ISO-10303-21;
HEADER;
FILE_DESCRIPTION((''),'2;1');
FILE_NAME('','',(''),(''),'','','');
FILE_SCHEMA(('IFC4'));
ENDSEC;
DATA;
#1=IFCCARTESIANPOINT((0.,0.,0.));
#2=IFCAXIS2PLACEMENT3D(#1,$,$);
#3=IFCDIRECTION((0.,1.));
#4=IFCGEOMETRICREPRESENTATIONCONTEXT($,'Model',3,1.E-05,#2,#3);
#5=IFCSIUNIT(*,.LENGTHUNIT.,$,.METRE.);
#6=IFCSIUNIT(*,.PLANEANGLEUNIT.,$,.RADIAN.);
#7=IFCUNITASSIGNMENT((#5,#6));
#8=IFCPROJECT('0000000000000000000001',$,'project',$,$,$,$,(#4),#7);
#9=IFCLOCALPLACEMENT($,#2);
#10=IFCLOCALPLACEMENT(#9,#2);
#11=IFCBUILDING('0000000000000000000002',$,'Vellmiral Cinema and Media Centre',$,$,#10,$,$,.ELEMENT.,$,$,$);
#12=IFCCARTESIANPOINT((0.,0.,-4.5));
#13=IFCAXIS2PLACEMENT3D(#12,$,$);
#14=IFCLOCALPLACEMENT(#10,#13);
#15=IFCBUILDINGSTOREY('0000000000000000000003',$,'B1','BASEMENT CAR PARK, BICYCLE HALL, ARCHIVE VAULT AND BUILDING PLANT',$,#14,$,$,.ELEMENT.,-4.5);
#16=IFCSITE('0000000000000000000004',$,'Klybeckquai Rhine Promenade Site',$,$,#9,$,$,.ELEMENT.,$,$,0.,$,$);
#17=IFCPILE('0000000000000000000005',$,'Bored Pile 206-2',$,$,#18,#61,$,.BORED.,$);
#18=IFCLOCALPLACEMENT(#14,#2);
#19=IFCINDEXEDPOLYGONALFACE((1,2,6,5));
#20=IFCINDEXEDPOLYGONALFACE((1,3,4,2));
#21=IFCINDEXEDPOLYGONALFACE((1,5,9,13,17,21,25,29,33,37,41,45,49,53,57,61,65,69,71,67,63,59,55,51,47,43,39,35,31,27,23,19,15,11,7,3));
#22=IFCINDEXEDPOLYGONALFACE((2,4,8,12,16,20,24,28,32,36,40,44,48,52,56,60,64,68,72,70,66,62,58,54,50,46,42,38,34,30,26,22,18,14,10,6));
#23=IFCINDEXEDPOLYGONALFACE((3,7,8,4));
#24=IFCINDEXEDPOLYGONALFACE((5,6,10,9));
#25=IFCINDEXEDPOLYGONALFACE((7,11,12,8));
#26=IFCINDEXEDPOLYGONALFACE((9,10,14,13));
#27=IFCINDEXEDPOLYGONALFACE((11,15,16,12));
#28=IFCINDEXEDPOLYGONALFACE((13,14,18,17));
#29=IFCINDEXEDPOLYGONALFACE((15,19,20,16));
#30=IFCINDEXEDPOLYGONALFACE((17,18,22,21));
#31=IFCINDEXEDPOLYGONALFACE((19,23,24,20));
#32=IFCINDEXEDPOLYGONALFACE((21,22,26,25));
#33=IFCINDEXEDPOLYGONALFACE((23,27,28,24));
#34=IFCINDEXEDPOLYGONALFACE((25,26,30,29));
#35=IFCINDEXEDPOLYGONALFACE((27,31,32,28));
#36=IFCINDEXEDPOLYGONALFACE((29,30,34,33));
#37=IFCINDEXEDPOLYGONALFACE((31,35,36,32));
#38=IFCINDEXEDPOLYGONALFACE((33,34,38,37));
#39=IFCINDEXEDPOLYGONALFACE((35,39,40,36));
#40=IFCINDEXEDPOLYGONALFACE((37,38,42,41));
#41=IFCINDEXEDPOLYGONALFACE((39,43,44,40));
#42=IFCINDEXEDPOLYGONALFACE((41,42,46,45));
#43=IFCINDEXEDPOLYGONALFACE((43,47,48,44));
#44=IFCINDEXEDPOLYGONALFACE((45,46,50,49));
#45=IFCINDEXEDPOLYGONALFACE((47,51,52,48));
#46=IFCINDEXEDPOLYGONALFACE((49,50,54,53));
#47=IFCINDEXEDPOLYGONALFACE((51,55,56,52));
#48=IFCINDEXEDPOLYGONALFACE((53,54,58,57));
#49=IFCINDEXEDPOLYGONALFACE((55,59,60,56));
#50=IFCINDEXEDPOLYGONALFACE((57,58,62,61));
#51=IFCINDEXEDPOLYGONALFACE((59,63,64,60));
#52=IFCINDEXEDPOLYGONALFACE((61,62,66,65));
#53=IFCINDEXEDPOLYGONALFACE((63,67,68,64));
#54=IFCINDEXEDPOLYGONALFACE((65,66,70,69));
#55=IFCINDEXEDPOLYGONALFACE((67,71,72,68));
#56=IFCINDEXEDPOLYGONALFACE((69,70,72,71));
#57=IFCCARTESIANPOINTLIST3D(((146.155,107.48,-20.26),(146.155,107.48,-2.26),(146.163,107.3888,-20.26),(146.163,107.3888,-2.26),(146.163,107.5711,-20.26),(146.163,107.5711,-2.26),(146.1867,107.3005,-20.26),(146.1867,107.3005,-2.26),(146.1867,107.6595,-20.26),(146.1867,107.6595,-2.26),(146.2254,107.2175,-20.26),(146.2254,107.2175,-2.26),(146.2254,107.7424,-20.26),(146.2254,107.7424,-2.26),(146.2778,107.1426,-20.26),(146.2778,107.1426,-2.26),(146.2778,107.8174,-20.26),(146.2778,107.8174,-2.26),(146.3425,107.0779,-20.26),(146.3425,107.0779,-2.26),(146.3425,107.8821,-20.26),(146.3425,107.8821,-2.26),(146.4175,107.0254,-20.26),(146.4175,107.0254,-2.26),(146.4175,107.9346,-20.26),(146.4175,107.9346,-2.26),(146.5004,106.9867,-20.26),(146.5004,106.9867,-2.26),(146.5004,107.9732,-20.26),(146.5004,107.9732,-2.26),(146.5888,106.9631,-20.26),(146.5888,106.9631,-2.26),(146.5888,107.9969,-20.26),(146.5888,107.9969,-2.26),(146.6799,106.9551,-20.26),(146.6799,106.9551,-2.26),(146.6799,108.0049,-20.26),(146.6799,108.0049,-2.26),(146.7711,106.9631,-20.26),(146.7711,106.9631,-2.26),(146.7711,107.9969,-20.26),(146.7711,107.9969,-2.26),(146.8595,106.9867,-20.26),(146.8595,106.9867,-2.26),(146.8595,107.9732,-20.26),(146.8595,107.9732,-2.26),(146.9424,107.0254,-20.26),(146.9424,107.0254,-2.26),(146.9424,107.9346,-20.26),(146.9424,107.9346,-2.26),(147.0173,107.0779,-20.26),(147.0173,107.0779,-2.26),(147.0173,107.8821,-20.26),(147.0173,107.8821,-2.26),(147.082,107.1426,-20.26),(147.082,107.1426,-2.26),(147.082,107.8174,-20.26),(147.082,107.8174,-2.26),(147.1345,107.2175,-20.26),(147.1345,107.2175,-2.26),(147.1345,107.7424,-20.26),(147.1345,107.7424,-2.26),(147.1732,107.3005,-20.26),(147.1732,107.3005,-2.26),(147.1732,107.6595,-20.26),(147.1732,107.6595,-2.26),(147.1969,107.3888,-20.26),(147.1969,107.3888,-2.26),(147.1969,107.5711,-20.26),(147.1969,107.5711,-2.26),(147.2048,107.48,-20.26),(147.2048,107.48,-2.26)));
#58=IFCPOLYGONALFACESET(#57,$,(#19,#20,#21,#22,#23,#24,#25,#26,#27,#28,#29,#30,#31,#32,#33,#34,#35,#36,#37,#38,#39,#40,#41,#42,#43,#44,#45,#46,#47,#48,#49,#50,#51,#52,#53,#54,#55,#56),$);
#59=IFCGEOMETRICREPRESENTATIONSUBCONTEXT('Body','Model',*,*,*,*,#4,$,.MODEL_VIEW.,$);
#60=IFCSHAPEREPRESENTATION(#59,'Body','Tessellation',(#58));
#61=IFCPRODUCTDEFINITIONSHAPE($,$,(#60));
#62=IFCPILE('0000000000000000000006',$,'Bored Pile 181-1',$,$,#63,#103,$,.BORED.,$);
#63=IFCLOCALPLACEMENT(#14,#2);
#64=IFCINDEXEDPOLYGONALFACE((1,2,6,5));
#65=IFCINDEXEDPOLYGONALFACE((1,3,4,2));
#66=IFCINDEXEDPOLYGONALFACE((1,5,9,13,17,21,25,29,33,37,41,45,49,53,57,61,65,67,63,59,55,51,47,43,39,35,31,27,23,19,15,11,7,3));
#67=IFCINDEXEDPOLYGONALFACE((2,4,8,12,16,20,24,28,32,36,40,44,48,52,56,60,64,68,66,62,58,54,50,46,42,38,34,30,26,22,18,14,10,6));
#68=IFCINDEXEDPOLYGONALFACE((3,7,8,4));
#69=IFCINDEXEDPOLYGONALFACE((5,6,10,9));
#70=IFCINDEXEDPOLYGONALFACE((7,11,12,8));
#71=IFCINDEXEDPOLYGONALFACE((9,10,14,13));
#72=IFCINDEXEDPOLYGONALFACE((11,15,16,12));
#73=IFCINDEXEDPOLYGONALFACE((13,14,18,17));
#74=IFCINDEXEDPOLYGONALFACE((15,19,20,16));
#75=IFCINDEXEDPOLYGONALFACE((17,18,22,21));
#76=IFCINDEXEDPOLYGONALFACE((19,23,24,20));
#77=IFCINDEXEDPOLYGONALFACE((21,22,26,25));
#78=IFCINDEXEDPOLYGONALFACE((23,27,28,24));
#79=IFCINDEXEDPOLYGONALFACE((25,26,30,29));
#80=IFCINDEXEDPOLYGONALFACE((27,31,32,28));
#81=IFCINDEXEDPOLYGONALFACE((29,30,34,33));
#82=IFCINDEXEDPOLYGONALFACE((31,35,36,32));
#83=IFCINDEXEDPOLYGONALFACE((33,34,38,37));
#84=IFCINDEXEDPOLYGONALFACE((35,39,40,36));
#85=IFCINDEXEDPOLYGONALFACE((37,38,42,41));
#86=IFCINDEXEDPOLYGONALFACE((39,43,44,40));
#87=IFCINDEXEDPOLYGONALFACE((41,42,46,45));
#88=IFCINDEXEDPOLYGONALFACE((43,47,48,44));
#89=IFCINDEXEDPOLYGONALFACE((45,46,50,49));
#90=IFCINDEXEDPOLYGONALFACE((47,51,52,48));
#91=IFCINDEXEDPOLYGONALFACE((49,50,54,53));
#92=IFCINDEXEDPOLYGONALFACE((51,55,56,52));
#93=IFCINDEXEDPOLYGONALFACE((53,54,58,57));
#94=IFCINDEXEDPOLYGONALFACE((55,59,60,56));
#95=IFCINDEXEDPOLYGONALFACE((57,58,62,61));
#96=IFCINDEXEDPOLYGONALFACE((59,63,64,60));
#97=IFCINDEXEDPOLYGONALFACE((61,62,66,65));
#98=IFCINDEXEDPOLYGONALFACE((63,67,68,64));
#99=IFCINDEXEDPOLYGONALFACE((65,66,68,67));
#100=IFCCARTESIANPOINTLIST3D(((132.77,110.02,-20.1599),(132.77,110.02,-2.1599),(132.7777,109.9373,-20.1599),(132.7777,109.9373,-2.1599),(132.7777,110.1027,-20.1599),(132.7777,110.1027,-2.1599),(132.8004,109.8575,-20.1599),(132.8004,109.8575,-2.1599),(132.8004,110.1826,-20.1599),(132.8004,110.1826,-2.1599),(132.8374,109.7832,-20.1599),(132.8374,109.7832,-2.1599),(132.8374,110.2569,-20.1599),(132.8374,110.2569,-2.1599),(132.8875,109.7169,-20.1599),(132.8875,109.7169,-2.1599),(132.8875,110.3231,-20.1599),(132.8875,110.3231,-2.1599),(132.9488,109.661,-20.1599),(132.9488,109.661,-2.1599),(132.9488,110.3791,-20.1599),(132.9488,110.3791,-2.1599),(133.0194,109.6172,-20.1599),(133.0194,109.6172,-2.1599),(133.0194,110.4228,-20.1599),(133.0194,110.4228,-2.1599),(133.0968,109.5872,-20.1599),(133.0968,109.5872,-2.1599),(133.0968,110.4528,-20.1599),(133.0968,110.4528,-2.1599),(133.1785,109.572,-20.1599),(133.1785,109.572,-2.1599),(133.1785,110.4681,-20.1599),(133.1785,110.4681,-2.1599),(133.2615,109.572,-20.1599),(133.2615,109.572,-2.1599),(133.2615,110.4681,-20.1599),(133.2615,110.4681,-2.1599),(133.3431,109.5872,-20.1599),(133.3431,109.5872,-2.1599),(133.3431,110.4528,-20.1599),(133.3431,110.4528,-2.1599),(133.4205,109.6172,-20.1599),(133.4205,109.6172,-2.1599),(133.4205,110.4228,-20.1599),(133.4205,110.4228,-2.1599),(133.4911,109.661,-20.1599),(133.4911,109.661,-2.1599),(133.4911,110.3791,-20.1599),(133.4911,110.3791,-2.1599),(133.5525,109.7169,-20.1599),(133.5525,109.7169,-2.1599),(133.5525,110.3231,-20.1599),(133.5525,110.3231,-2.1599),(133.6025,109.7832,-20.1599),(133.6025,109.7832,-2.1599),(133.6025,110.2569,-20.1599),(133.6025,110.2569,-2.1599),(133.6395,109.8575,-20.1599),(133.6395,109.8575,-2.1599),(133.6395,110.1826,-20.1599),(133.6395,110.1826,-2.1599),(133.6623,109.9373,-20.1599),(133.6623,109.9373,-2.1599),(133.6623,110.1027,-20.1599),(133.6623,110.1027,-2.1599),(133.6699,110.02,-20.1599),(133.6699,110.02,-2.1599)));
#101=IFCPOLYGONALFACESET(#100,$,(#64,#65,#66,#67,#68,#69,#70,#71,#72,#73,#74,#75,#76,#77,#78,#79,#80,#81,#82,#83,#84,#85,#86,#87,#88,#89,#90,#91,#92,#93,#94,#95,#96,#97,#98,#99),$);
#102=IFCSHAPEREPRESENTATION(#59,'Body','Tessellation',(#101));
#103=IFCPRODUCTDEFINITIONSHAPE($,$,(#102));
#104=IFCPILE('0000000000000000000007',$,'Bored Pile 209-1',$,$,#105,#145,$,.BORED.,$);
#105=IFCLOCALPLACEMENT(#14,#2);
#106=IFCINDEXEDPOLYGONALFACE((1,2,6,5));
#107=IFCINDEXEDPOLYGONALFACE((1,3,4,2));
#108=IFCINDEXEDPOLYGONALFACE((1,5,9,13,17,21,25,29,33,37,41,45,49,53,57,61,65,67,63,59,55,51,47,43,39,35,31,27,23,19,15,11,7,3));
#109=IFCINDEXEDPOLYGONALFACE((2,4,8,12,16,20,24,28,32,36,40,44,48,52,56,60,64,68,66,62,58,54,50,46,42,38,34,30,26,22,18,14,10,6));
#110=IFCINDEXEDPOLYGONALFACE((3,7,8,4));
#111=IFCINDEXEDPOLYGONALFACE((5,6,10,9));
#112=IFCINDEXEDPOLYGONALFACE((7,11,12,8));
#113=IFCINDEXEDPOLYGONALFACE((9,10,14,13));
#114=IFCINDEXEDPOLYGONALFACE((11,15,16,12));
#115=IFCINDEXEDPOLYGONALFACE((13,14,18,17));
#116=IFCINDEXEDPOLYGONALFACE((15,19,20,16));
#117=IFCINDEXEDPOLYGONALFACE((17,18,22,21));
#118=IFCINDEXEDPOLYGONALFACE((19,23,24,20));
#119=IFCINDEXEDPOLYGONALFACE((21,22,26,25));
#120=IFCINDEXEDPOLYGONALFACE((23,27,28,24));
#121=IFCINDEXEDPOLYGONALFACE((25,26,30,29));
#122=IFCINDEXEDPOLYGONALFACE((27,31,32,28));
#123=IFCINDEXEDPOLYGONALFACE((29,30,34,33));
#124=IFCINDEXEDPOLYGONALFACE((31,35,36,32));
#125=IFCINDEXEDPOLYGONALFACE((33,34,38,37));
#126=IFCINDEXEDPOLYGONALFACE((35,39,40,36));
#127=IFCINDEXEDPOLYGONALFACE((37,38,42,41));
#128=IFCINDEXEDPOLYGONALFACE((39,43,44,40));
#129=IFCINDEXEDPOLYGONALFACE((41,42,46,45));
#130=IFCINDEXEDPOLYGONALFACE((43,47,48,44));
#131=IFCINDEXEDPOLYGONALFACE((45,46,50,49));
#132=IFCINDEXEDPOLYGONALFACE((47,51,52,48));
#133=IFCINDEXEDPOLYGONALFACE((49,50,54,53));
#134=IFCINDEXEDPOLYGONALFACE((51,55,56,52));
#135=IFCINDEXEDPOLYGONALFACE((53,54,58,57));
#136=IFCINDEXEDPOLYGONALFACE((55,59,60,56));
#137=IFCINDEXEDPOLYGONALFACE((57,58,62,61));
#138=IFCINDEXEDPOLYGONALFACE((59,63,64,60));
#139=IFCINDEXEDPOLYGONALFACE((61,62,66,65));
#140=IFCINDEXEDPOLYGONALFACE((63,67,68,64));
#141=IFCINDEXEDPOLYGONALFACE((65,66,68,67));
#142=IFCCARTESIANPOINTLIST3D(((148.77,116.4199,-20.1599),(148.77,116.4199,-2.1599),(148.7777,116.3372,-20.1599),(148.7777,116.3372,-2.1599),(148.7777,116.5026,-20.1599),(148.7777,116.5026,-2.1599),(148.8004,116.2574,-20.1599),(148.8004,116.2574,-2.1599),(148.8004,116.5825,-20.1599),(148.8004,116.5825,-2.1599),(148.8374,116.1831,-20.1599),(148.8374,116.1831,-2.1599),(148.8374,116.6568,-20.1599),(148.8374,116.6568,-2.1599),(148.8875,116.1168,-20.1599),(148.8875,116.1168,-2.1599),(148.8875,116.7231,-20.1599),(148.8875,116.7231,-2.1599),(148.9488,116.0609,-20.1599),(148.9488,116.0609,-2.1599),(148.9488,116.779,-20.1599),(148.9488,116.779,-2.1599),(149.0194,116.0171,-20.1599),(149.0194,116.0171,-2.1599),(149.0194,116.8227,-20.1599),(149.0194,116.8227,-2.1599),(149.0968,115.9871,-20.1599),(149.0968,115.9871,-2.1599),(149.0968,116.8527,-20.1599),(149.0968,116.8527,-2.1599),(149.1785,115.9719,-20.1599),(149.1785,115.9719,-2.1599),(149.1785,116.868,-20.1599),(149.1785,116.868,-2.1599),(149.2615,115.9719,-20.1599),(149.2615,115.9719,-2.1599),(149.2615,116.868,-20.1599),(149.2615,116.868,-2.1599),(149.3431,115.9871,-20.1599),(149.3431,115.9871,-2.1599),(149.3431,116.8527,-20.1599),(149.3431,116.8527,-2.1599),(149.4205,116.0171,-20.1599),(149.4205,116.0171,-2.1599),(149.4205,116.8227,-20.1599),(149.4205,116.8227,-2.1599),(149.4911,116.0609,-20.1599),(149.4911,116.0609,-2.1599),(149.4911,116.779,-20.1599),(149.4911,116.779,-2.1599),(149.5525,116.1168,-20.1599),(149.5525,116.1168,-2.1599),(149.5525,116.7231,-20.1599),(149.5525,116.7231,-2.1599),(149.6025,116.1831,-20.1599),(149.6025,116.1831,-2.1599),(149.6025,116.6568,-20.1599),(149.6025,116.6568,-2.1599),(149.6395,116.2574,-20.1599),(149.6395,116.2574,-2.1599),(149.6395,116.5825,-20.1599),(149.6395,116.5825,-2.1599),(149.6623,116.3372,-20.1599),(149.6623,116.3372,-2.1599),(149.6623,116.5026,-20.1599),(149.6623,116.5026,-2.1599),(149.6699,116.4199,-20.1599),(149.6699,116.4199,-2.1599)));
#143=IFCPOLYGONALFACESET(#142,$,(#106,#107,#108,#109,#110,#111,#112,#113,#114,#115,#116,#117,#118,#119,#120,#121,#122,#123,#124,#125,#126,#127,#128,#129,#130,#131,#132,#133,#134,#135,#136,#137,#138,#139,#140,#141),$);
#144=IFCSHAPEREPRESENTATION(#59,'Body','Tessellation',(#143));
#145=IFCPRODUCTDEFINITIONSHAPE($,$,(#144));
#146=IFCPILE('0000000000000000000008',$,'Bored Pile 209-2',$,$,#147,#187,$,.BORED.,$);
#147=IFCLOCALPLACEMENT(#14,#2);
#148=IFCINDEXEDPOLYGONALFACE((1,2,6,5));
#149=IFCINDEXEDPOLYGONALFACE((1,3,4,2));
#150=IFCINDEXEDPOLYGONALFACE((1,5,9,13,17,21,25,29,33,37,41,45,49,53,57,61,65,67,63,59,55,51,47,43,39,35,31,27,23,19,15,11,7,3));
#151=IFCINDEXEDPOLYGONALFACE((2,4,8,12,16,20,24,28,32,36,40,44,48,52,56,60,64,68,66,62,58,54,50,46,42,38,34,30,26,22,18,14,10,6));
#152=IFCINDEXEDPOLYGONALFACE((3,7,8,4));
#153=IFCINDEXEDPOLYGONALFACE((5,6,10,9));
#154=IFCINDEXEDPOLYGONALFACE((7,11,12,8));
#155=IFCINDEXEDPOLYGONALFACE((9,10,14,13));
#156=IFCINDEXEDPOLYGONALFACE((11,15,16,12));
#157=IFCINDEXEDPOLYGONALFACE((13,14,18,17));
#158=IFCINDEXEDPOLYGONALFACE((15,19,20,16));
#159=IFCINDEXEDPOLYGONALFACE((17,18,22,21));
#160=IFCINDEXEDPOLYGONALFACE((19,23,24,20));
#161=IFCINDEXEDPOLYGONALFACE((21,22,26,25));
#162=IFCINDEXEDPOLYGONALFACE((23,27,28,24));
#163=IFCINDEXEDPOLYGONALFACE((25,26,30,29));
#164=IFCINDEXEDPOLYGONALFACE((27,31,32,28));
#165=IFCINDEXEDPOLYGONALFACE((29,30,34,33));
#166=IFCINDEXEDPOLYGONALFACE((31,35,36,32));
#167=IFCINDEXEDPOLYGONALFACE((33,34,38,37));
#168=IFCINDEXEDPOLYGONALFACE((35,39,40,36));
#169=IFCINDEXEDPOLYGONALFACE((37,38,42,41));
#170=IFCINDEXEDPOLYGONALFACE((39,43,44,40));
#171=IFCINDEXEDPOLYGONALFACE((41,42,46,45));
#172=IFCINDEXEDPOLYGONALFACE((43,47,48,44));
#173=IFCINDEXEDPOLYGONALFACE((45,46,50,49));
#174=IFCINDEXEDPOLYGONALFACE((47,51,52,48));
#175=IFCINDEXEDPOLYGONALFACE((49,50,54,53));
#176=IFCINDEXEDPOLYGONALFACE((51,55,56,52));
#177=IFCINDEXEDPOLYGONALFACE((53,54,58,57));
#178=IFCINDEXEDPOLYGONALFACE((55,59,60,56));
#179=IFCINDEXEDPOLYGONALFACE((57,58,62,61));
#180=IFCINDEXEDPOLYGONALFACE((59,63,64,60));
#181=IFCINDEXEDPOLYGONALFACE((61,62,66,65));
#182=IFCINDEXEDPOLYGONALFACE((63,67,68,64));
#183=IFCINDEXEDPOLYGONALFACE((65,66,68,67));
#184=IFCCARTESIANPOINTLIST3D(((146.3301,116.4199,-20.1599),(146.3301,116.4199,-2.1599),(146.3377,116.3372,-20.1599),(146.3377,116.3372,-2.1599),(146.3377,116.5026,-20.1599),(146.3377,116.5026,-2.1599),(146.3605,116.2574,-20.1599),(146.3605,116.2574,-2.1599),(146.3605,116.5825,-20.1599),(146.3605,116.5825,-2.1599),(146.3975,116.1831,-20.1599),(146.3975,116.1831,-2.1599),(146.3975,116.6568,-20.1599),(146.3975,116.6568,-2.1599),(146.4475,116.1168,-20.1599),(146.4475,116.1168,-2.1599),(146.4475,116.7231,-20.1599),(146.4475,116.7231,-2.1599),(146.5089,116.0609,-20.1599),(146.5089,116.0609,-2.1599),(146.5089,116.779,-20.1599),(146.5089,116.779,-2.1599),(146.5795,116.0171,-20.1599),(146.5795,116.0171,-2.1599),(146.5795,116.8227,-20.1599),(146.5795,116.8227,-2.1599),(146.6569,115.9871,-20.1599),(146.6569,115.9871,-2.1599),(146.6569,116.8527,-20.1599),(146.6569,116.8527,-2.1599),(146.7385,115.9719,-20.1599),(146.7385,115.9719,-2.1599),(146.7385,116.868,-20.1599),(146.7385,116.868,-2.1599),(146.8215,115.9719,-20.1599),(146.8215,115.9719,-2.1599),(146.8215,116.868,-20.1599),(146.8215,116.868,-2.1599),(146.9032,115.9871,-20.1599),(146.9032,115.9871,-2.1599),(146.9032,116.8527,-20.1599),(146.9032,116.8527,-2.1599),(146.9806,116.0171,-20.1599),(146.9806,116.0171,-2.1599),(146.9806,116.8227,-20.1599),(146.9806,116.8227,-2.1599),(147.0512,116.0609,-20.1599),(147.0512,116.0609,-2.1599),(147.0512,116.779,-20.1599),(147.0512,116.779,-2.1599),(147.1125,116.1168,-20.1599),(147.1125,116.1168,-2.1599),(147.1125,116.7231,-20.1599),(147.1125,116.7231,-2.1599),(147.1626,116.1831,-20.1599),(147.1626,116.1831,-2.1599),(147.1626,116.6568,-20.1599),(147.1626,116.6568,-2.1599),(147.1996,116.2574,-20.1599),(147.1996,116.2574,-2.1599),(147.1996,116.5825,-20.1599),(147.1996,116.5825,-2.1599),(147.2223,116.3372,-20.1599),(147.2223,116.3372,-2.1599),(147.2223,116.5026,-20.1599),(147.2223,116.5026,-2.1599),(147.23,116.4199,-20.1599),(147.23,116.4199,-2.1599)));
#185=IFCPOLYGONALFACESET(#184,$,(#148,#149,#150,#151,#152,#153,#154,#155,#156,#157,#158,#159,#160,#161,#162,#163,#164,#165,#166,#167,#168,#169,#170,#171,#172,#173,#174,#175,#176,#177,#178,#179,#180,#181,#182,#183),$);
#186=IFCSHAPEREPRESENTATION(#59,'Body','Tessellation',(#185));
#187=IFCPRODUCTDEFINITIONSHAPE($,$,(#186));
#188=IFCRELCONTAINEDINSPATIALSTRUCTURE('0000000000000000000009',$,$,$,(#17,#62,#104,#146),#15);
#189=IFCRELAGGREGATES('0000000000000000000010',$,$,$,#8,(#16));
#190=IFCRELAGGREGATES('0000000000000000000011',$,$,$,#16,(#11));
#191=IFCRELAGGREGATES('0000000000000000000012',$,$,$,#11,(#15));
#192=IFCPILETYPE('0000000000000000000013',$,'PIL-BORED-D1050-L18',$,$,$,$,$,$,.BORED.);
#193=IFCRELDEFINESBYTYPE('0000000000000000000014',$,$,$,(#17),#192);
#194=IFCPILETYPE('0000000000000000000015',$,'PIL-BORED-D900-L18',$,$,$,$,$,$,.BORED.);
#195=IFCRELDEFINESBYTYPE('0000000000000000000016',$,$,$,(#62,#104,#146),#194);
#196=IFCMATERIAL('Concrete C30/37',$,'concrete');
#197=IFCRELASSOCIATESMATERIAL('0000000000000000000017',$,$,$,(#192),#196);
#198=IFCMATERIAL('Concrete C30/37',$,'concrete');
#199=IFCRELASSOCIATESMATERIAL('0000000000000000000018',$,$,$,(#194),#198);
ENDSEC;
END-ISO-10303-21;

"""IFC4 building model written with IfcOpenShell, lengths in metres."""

from ifc_helpers import new_model, si_unit, direction, frame, origin, origin_2d, place, context, subcontext, project, spatial, circle, extrude, material, material_profile, profile_set, type_object, element, save


model = new_model("IFC4")

# Units and contexts
model_context = context("Model", 3, precision=1e-05, world=origin(), true_north=direction((0.0, 1.0)))
body_context = subcontext(model_context, "Body", "Model", "MODEL_VIEW")
ifc_project = project(units=[si_unit("LENGTHUNIT", "METRE"), si_unit("PLANEANGLEUNIT", "RADIAN")], contexts=[model_context])

# Site, building, storey
site_placement = place(None, origin())
site = spatial("IfcSite", under=ifc_project, at=site_placement, Name="Klybeckquai Rhine Promenade Site", CompositionType="ELEMENT", RefElevation=0.0)
building_placement = place(site_placement, origin())
building = spatial("IfcBuilding", under=site, at=building_placement, Name="Vellmiral Cinema and Media Centre", CompositionType="ELEMENT")
storey_placement = place(building_placement, frame((0.0, 0.0, -4.5)))
storey = spatial("IfcBuildingStorey", under=building, at=storey_placement, Name="B1", Description="BASEMENT CAR PARK, BICYCLE HALL, ARCHIVE VAULT AND BUILDING PLANT", CompositionType="ELEMENT", Elevation=-4.5)

# Piles
ifc_material_1 = material(Name="Concrete C30/37", Category="concrete")
ifc_material_profile_1 = material_profile(ifc_material_1, circle(Radius=0.5249, at=origin_2d()), Name="PILE D1050")
ifc_profile_set_1 = profile_set([ifc_material_profile_1], Name="Concrete C30/37")
pile_type_1 = type_object("IfcPileType", Name="PIL-BORED-D1050-L18", PredefinedType="BORED", material=ifc_profile_set_1)
for number, where, z_axis, x_axis, name in (
    (1, (146.6799, 107.48, -2.26), (0.0, 0.0, -1.0), (1.0, 0.0, 0.0), "Bored Pile 206-2"),
):
    element("IfcPile", number, at=place(storey_placement, frame(where, z_axis=z_axis, x_axis=x_axis)), inside=storey, type_object=pile_type_1, Name=name, PredefinedType="BORED", context=body_context, shape_type="SweptSolid", body=[
        extrude(circle(Radius=0.5249, at=origin_2d()), origin(), (0.0, 0.0, 1.0), 18.0),
    ])
ifc_material_2 = material(Name="Concrete C30/37", Category="concrete")
ifc_material_profile_2 = material_profile(ifc_material_2, circle(Radius=0.45, at=origin_2d()), Name="PILE D900")
ifc_profile_set_2 = profile_set([ifc_material_profile_2], Name="Concrete C30/37")
pile_type_2 = type_object("IfcPileType", Name="PIL-BORED-D900-L18", PredefinedType="BORED", material=ifc_profile_set_2)
for number, where, z_axis, x_axis, name in (
    (2, (133.22, 110.02, -2.1599), (0.0, 0.0, -1.0), (1.0, 0.0, 0.0), "Bored Pile 181-1"),
    (3, (149.22, 116.4199, -2.1599), (0.0, 0.0, -1.0), (1.0, 0.0, 0.0), "Bored Pile 209-1"),
    (4, (146.78, 116.4199, -2.1599), (0.0, 0.0, -1.0), (1.0, 0.0, 0.0), "Bored Pile 209-2"),
):
    element("IfcPile", number, at=place(storey_placement, frame(where, z_axis=z_axis, x_axis=x_axis)), inside=storey, type_object=pile_type_2, Name=name, PredefinedType="BORED", context=body_context, shape_type="SweptSolid", body=[
        extrude(circle(Radius=0.45, at=origin_2d()), origin(), (0.0, 0.0, 1.0), 18.0),
    ])

save(model, "model.ifc")
